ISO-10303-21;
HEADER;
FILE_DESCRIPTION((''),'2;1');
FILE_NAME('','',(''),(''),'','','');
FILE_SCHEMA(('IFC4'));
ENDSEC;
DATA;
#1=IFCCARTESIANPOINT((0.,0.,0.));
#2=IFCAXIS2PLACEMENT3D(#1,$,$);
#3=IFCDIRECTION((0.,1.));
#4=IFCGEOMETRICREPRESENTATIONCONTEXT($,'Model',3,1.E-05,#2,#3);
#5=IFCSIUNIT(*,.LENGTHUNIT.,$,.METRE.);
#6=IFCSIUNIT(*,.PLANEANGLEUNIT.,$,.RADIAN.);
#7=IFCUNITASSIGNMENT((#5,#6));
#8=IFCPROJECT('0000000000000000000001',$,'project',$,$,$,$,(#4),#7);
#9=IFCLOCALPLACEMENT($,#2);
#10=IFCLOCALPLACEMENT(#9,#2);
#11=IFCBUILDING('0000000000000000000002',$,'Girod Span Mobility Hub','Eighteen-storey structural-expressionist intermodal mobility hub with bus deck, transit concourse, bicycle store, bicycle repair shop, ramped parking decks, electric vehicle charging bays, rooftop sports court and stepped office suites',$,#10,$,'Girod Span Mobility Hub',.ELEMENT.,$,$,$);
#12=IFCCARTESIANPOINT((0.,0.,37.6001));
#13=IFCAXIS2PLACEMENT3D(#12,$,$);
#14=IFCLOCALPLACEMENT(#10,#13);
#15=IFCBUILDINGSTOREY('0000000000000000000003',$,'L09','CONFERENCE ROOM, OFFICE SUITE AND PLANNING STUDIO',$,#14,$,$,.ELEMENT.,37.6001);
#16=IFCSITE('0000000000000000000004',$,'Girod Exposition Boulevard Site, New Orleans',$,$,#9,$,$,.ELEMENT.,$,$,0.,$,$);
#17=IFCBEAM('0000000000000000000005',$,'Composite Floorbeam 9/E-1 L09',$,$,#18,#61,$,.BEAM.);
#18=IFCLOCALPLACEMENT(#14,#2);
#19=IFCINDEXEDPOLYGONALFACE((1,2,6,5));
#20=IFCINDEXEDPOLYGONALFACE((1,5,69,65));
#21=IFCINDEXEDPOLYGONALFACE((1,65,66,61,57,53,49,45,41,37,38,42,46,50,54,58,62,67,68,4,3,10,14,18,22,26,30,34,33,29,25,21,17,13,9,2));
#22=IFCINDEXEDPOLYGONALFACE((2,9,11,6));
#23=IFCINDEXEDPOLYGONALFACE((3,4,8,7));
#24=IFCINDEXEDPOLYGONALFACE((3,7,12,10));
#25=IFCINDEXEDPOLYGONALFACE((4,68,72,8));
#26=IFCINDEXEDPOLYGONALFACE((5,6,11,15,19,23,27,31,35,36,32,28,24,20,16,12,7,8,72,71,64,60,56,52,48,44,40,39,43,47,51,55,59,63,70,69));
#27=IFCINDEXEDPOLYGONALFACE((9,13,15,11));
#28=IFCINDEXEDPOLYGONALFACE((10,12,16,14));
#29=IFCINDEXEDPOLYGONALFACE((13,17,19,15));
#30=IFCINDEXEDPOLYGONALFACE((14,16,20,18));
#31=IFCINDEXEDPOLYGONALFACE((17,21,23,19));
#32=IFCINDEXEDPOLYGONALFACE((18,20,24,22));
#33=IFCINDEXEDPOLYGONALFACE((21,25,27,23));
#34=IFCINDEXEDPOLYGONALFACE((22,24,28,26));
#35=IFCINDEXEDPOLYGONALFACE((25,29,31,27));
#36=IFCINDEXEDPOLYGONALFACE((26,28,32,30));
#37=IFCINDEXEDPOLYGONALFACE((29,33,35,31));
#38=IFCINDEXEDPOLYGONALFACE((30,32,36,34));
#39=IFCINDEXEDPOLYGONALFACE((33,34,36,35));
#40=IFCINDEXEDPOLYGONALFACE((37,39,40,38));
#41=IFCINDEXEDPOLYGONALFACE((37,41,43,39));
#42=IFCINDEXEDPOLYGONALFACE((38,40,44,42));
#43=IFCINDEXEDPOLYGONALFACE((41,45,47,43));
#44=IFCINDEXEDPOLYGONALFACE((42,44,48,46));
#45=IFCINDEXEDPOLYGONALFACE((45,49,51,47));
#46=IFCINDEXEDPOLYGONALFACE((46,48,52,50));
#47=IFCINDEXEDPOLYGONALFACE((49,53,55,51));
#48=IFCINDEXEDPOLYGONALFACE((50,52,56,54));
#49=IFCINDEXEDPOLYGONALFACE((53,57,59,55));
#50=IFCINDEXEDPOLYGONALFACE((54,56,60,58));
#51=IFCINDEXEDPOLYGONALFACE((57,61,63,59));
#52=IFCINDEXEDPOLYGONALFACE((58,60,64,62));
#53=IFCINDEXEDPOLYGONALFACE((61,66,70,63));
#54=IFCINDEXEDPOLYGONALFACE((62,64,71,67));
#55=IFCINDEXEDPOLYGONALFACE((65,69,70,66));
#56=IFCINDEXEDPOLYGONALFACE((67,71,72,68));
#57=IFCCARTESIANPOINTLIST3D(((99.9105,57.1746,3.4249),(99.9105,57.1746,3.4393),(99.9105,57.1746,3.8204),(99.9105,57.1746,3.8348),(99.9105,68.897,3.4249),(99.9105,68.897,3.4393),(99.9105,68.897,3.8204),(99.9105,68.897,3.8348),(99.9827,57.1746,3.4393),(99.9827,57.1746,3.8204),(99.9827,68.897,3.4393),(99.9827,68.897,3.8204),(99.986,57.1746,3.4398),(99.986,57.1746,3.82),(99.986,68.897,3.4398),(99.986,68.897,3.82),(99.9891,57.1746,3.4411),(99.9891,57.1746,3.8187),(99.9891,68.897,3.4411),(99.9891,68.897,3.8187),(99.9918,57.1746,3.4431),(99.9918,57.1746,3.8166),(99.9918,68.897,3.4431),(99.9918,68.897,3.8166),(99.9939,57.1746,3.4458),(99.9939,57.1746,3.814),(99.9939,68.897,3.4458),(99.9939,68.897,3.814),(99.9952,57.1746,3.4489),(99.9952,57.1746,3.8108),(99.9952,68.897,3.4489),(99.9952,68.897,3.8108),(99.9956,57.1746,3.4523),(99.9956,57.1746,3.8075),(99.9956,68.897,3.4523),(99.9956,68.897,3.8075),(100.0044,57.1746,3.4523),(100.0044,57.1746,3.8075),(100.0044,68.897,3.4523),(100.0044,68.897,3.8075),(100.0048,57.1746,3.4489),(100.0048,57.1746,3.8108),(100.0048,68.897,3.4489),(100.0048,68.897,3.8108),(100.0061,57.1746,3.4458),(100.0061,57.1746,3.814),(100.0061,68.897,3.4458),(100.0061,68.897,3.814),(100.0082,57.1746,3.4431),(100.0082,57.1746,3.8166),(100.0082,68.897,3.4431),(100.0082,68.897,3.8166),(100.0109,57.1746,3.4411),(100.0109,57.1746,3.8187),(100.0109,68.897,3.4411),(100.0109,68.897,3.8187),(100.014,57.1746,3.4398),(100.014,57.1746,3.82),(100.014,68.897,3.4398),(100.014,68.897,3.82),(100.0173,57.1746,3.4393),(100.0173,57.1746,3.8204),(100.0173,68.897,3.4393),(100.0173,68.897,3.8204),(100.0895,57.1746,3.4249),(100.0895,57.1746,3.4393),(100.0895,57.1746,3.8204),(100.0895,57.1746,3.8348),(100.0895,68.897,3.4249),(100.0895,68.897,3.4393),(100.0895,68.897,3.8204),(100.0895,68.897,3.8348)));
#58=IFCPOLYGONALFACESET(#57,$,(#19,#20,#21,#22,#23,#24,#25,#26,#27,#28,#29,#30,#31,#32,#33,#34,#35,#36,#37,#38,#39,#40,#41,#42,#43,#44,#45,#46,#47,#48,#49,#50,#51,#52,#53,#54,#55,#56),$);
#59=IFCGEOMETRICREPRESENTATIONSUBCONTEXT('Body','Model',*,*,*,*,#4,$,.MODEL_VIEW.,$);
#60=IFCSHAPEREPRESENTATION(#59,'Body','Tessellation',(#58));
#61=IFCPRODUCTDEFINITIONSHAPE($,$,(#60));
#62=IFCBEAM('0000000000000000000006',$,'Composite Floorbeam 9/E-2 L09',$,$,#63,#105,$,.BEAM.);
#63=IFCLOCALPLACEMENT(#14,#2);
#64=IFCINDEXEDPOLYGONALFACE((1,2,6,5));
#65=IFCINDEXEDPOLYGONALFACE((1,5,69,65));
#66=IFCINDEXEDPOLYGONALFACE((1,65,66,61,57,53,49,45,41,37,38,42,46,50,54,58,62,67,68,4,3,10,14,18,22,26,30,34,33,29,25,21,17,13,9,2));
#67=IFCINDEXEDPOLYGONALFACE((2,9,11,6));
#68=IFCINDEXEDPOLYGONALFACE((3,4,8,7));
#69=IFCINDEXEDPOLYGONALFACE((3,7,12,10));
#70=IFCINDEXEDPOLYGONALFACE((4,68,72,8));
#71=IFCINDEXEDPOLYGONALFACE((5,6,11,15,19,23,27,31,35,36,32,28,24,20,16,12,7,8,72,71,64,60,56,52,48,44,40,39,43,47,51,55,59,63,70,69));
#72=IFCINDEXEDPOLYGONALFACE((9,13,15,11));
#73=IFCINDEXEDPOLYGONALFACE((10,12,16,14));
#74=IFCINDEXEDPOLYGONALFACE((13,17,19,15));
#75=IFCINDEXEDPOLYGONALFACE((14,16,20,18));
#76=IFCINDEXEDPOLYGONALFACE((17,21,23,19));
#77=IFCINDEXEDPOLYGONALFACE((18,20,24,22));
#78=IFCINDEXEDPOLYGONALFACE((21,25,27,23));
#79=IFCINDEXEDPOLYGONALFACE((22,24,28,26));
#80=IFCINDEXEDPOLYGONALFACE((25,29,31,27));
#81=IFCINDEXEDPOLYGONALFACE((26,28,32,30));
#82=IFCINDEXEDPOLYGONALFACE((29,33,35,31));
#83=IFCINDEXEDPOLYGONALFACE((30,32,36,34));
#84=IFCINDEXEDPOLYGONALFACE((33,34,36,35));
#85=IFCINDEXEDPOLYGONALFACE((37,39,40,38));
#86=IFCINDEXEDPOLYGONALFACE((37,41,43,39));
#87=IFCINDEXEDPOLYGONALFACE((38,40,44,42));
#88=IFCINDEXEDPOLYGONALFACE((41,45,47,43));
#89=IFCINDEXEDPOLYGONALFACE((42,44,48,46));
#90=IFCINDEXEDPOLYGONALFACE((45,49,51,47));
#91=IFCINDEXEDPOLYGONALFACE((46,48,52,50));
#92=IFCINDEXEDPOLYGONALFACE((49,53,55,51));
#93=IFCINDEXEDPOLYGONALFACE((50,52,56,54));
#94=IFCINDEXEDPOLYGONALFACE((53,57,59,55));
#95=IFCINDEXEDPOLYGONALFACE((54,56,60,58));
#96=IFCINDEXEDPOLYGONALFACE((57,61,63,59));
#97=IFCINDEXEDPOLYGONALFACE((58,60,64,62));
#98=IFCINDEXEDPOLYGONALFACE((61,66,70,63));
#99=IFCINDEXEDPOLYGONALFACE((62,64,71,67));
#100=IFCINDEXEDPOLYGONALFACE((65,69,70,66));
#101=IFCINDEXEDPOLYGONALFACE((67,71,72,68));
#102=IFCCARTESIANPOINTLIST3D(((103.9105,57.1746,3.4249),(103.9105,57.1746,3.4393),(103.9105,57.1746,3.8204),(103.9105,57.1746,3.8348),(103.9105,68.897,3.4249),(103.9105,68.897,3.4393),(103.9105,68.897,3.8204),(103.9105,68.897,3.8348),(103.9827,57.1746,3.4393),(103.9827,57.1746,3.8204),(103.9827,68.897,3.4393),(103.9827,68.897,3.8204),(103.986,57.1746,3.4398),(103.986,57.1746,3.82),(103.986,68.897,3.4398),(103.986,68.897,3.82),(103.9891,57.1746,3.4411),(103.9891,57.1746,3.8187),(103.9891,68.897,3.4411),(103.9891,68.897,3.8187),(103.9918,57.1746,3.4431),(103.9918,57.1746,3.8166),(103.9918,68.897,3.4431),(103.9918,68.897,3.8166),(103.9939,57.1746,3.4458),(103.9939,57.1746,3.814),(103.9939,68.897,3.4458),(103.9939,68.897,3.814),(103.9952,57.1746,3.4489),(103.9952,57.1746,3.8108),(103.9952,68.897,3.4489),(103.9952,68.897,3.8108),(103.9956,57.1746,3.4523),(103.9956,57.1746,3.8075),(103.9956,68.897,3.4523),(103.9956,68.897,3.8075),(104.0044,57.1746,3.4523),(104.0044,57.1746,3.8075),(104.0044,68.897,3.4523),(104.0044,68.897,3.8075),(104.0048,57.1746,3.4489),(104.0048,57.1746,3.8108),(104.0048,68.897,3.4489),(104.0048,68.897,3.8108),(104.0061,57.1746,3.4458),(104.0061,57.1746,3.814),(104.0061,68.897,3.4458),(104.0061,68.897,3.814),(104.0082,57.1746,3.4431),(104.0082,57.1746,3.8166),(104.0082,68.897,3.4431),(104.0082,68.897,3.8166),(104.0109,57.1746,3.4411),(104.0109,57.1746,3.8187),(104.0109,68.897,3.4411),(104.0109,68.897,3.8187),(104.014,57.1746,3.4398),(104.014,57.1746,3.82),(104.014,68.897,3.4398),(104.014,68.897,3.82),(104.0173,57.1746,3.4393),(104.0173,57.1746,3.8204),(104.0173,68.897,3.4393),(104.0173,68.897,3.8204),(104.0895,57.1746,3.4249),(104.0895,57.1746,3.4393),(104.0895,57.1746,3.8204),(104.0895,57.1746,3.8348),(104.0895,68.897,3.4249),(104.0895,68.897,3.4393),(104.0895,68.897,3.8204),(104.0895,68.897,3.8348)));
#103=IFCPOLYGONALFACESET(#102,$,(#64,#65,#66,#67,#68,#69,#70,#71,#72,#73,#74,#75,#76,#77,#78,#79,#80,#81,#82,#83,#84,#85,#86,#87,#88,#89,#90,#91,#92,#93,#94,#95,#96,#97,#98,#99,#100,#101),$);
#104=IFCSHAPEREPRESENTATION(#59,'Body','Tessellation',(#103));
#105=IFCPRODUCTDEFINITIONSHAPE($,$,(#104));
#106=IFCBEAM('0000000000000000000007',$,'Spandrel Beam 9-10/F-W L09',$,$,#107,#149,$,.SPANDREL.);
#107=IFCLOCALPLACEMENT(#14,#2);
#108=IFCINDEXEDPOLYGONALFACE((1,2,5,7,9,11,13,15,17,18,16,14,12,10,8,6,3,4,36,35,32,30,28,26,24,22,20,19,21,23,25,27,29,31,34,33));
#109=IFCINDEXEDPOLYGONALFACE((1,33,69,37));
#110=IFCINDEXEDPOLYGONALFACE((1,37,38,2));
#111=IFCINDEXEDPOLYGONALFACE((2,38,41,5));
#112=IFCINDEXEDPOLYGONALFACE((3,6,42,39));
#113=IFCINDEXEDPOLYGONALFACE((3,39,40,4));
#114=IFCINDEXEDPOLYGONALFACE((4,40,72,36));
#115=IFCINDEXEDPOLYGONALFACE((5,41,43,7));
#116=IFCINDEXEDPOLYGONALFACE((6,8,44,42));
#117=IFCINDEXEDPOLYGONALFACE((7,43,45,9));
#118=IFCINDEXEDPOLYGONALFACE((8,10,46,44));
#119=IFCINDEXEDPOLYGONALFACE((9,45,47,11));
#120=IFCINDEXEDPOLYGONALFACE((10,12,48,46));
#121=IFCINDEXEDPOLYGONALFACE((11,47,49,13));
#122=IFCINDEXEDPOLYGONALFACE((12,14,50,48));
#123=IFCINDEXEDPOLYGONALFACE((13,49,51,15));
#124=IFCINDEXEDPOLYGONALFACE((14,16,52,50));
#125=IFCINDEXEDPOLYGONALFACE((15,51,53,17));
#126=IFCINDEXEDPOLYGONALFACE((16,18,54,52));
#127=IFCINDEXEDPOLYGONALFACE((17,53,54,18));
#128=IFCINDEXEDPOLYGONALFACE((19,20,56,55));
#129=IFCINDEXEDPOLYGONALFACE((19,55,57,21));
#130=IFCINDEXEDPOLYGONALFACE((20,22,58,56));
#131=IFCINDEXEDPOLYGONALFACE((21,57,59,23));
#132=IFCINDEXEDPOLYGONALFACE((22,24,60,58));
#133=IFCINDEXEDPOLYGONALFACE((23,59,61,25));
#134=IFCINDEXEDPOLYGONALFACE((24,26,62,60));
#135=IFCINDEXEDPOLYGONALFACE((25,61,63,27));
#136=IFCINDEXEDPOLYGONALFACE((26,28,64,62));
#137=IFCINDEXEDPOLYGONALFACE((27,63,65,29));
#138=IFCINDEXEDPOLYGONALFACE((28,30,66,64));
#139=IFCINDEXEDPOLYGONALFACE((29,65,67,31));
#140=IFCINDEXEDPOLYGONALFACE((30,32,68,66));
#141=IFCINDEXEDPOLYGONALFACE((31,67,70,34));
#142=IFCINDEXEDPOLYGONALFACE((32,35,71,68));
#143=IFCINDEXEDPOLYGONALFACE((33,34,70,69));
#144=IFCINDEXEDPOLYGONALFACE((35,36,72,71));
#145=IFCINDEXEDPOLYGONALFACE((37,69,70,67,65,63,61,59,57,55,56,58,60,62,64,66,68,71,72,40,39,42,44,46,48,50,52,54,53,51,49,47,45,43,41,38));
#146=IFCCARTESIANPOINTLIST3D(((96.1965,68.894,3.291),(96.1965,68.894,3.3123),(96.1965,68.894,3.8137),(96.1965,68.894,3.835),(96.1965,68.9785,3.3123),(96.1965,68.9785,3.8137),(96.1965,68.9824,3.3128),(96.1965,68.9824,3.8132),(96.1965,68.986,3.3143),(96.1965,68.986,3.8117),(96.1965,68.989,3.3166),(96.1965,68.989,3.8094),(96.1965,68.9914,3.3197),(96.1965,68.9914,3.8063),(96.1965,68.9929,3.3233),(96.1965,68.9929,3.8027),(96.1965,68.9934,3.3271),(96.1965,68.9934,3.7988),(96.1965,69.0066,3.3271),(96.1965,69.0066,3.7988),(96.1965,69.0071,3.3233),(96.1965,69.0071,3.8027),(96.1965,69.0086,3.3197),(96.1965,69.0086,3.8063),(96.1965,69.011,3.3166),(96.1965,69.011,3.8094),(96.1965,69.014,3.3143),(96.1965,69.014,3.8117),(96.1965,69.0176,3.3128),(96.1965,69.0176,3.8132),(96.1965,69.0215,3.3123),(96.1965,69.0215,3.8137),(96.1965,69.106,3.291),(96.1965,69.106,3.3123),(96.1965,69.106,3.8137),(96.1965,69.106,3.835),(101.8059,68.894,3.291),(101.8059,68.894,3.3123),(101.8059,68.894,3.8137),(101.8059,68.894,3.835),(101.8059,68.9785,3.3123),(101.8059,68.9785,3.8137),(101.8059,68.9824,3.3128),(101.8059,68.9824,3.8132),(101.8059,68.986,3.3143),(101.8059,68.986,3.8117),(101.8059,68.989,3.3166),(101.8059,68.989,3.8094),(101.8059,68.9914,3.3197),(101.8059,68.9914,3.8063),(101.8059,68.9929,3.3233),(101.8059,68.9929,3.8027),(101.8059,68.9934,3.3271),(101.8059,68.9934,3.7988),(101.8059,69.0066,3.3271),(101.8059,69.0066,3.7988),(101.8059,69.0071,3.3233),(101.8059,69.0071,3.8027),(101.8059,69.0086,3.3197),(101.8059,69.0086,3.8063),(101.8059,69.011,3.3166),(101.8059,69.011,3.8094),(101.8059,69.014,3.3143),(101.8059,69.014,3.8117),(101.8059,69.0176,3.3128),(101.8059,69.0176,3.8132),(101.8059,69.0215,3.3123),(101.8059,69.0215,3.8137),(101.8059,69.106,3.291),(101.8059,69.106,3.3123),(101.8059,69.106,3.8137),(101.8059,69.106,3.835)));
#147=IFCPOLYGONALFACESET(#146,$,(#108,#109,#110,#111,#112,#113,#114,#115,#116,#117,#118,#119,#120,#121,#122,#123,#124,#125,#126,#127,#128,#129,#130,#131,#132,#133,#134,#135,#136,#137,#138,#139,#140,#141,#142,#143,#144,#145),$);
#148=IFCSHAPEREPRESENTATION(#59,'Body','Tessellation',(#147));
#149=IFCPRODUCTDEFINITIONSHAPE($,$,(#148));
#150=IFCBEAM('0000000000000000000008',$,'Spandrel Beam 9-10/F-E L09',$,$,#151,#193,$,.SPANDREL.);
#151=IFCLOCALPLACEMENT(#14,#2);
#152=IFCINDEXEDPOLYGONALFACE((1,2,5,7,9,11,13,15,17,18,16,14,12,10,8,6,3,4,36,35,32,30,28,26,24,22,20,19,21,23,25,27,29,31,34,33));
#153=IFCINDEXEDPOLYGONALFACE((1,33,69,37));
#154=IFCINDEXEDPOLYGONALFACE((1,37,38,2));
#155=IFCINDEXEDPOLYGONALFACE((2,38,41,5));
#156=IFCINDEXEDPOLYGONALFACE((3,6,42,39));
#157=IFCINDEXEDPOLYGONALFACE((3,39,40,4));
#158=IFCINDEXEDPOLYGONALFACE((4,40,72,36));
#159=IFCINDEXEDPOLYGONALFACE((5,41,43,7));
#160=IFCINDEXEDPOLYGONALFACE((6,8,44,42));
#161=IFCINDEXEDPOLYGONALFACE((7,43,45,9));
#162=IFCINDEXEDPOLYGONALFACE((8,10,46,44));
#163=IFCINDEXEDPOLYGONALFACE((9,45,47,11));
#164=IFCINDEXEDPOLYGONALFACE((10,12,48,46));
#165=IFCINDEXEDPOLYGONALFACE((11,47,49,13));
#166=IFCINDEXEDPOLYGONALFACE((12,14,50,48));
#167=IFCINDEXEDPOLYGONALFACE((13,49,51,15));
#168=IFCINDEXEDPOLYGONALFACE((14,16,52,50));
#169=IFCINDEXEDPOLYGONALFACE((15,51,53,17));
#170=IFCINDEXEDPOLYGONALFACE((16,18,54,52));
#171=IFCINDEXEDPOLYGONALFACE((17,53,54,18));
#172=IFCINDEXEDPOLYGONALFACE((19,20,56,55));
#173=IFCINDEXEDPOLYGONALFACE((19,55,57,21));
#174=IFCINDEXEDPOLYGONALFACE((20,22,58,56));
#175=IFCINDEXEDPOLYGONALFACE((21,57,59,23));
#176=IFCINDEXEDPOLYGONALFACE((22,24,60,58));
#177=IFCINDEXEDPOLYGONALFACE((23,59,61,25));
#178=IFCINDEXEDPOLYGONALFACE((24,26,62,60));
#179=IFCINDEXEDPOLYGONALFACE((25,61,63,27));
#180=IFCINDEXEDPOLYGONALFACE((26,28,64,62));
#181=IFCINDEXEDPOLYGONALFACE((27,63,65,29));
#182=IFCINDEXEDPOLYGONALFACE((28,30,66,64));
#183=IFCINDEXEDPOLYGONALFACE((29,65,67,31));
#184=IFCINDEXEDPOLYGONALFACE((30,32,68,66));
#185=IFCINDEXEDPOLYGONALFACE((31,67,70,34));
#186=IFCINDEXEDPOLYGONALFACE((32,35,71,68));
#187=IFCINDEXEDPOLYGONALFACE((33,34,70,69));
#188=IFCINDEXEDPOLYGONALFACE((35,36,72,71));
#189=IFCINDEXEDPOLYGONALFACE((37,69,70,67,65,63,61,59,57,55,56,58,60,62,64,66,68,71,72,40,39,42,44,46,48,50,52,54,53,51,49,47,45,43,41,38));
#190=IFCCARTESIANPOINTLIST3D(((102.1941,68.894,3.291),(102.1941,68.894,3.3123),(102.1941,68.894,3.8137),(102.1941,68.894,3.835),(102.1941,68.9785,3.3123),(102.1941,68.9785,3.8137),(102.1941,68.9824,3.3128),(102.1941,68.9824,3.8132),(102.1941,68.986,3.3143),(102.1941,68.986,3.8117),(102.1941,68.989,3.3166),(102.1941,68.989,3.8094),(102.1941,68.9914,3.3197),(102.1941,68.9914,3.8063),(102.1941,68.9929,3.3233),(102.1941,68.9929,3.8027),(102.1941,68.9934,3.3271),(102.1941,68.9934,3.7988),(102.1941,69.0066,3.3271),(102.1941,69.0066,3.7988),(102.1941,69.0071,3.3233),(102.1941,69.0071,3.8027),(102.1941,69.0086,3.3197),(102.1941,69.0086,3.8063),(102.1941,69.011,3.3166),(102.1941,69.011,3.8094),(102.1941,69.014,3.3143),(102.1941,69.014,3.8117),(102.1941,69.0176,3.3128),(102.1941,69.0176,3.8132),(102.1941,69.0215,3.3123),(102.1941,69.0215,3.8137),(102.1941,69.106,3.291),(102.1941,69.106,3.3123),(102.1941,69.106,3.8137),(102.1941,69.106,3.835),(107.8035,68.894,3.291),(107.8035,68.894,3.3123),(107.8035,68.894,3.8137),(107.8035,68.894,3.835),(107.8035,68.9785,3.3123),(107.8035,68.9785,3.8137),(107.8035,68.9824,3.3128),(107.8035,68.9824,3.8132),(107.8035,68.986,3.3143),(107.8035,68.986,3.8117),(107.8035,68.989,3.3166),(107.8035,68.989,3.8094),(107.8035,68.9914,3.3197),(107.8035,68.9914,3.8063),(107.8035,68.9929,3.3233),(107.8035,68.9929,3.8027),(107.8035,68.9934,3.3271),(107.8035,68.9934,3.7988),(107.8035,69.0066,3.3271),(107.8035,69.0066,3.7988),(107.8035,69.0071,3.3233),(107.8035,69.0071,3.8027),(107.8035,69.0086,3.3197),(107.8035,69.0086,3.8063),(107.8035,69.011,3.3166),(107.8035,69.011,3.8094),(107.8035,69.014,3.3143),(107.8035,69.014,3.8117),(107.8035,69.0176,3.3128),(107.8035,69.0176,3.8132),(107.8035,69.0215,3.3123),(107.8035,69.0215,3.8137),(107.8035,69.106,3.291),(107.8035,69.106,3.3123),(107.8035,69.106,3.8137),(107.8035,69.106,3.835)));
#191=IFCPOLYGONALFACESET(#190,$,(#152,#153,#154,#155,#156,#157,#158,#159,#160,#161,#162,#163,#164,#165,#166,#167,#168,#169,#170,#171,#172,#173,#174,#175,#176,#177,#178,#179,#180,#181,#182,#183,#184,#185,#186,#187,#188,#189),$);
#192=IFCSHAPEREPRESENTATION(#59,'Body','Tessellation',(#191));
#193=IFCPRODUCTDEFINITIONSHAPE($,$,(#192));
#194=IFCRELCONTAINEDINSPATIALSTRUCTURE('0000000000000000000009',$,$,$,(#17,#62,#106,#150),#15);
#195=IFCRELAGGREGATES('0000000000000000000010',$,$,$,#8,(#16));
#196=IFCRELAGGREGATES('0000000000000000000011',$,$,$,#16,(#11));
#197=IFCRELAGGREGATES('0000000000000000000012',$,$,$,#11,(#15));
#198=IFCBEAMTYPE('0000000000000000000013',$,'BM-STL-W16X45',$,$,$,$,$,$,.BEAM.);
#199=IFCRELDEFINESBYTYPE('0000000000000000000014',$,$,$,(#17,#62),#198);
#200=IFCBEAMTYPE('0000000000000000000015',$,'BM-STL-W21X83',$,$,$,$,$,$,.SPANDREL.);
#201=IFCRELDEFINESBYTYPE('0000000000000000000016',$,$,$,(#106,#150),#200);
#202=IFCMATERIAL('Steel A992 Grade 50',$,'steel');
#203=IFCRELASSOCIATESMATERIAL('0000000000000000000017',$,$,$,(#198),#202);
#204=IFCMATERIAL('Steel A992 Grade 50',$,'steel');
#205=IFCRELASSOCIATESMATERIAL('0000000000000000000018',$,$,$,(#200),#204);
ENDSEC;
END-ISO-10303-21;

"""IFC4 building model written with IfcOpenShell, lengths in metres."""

from ifc_helpers import new_model, si_unit, direction, frame, origin, origin_2d, place, context, subcontext, project, spatial, i_section, extrude, material, material_profile, profile_set, type_object, element, save


model = new_model("IFC4")

# Units and contexts
model_context = context("Model", 3, precision=1e-05, world=origin(), true_north=direction((0.0, 1.0)))
body_context = subcontext(model_context, "Body", "Model", "MODEL_VIEW")
ifc_project = project(units=[si_unit("LENGTHUNIT", "METRE"), si_unit("PLANEANGLEUNIT", "RADIAN")], contexts=[model_context])

# Site, building, storey
site_placement = place(None, origin())
site = spatial("IfcSite", under=ifc_project, at=site_placement, Name="Girod Exposition Boulevard Site, New Orleans", CompositionType="ELEMENT", RefElevation=0.0)
building_placement = place(site_placement, origin())
building = spatial("IfcBuilding", under=site, at=building_placement, Name="Girod Span Mobility Hub", Description="Eighteen-storey structural-expressionist intermodal mobility hub with bus deck, transit concourse, bicycle store, bicycle repair shop, ramped parking decks, electric vehicle charging bays, rooftop sports court and stepped office suites", LongName="Girod Span Mobility Hub", CompositionType="ELEMENT")
storey_placement = place(building_placement, frame((0.0, 0.0, 37.6001)))
storey = spatial("IfcBuildingStorey", under=building, at=storey_placement, Name="L09", Description="CONFERENCE ROOM, OFFICE SUITE AND PLANNING STUDIO", CompositionType="ELEMENT", Elevation=37.6001)

# Beams
ifc_material_1 = material(Name="Steel A992 Grade 50", Category="steel")
ifc_material_profile_1 = material_profile(ifc_material_1, i_section(OverallWidth=0.179, OverallDepth=0.4099, WebThickness=0.0088, FlangeThickness=0.0144, FilletRadius=0.0129, at=origin_2d()), Name="W16X45")
ifc_profile_set_1 = profile_set([ifc_material_profile_1], Name="Steel A992 Grade 50")
beam_type_1 = type_object("IfcBeamType", Name="BM-STL-W16X45", PredefinedType="BEAM", material=ifc_profile_set_1)
for number, where, z_axis, x_axis, name in (
    (1, (100.0, 57.1746, 3.6299), (0.0, 1.0, 0.0), (-1.0, 0.0, 0.0), "Composite Floorbeam 9/E-1 L09"),
    (2, (104.0, 57.1746, 3.6299), (0.0, 1.0, 0.0), (-1.0, 0.0, 0.0), "Composite Floorbeam 9/E-2 L09"),
):
    element("IfcBeam", number, at=place(storey_placement, frame(where, z_axis=z_axis, x_axis=x_axis)), inside=storey, type_object=beam_type_1, Name=name, PredefinedType="BEAM", context=body_context, shape_type="SweptSolid", body=[
        extrude(i_section(OverallWidth=0.179, OverallDepth=0.4099, WebThickness=0.0088, FlangeThickness=0.0144, FilletRadius=0.0129, at=origin_2d()), origin(), (0.0, 0.0, 1.0), 11.7224),
    ])
ifc_material_2 = material(Name="Steel A992 Grade 50", Category="steel")
ifc_material_profile_2 = material_profile(ifc_material_2, i_section(OverallWidth=0.2119, OverallDepth=0.5439, WebThickness=0.0132, FlangeThickness=0.0212, FilletRadius=0.0149, at=origin_2d()), Name="W21X83")
ifc_profile_set_2 = profile_set([ifc_material_profile_2], Name="Steel A992 Grade 50")
beam_type_2 = type_object("IfcBeamType", Name="BM-STL-W21X83", PredefinedType="SPANDREL", material=ifc_profile_set_2)
for number, where, z_axis, x_axis, name in (
    (3, (96.1965, 69.0, 3.563), (1.0, 0.0, 0.0), (0.0, 1.0, 0.0), "Spandrel Beam 9-10/F-W L09"),
    (4, (102.1941, 69.0, 3.563), (1.0, 0.0, 0.0), (0.0, 1.0, 0.0), "Spandrel Beam 9-10/F-E L09"),
):
    element("IfcBeam", number, at=place(storey_placement, frame(where, z_axis=z_axis, x_axis=x_axis)), inside=storey, type_object=beam_type_2, Name=name, PredefinedType="SPANDREL", context=body_context, shape_type="SweptSolid", body=[
        extrude(i_section(OverallWidth=0.2119, OverallDepth=0.5439, WebThickness=0.0132, FlangeThickness=0.0212, FilletRadius=0.0149, at=origin_2d()), origin(), (0.0, 0.0, 1.0), 5.6094),
    ])

save(model, "model.ifc")
